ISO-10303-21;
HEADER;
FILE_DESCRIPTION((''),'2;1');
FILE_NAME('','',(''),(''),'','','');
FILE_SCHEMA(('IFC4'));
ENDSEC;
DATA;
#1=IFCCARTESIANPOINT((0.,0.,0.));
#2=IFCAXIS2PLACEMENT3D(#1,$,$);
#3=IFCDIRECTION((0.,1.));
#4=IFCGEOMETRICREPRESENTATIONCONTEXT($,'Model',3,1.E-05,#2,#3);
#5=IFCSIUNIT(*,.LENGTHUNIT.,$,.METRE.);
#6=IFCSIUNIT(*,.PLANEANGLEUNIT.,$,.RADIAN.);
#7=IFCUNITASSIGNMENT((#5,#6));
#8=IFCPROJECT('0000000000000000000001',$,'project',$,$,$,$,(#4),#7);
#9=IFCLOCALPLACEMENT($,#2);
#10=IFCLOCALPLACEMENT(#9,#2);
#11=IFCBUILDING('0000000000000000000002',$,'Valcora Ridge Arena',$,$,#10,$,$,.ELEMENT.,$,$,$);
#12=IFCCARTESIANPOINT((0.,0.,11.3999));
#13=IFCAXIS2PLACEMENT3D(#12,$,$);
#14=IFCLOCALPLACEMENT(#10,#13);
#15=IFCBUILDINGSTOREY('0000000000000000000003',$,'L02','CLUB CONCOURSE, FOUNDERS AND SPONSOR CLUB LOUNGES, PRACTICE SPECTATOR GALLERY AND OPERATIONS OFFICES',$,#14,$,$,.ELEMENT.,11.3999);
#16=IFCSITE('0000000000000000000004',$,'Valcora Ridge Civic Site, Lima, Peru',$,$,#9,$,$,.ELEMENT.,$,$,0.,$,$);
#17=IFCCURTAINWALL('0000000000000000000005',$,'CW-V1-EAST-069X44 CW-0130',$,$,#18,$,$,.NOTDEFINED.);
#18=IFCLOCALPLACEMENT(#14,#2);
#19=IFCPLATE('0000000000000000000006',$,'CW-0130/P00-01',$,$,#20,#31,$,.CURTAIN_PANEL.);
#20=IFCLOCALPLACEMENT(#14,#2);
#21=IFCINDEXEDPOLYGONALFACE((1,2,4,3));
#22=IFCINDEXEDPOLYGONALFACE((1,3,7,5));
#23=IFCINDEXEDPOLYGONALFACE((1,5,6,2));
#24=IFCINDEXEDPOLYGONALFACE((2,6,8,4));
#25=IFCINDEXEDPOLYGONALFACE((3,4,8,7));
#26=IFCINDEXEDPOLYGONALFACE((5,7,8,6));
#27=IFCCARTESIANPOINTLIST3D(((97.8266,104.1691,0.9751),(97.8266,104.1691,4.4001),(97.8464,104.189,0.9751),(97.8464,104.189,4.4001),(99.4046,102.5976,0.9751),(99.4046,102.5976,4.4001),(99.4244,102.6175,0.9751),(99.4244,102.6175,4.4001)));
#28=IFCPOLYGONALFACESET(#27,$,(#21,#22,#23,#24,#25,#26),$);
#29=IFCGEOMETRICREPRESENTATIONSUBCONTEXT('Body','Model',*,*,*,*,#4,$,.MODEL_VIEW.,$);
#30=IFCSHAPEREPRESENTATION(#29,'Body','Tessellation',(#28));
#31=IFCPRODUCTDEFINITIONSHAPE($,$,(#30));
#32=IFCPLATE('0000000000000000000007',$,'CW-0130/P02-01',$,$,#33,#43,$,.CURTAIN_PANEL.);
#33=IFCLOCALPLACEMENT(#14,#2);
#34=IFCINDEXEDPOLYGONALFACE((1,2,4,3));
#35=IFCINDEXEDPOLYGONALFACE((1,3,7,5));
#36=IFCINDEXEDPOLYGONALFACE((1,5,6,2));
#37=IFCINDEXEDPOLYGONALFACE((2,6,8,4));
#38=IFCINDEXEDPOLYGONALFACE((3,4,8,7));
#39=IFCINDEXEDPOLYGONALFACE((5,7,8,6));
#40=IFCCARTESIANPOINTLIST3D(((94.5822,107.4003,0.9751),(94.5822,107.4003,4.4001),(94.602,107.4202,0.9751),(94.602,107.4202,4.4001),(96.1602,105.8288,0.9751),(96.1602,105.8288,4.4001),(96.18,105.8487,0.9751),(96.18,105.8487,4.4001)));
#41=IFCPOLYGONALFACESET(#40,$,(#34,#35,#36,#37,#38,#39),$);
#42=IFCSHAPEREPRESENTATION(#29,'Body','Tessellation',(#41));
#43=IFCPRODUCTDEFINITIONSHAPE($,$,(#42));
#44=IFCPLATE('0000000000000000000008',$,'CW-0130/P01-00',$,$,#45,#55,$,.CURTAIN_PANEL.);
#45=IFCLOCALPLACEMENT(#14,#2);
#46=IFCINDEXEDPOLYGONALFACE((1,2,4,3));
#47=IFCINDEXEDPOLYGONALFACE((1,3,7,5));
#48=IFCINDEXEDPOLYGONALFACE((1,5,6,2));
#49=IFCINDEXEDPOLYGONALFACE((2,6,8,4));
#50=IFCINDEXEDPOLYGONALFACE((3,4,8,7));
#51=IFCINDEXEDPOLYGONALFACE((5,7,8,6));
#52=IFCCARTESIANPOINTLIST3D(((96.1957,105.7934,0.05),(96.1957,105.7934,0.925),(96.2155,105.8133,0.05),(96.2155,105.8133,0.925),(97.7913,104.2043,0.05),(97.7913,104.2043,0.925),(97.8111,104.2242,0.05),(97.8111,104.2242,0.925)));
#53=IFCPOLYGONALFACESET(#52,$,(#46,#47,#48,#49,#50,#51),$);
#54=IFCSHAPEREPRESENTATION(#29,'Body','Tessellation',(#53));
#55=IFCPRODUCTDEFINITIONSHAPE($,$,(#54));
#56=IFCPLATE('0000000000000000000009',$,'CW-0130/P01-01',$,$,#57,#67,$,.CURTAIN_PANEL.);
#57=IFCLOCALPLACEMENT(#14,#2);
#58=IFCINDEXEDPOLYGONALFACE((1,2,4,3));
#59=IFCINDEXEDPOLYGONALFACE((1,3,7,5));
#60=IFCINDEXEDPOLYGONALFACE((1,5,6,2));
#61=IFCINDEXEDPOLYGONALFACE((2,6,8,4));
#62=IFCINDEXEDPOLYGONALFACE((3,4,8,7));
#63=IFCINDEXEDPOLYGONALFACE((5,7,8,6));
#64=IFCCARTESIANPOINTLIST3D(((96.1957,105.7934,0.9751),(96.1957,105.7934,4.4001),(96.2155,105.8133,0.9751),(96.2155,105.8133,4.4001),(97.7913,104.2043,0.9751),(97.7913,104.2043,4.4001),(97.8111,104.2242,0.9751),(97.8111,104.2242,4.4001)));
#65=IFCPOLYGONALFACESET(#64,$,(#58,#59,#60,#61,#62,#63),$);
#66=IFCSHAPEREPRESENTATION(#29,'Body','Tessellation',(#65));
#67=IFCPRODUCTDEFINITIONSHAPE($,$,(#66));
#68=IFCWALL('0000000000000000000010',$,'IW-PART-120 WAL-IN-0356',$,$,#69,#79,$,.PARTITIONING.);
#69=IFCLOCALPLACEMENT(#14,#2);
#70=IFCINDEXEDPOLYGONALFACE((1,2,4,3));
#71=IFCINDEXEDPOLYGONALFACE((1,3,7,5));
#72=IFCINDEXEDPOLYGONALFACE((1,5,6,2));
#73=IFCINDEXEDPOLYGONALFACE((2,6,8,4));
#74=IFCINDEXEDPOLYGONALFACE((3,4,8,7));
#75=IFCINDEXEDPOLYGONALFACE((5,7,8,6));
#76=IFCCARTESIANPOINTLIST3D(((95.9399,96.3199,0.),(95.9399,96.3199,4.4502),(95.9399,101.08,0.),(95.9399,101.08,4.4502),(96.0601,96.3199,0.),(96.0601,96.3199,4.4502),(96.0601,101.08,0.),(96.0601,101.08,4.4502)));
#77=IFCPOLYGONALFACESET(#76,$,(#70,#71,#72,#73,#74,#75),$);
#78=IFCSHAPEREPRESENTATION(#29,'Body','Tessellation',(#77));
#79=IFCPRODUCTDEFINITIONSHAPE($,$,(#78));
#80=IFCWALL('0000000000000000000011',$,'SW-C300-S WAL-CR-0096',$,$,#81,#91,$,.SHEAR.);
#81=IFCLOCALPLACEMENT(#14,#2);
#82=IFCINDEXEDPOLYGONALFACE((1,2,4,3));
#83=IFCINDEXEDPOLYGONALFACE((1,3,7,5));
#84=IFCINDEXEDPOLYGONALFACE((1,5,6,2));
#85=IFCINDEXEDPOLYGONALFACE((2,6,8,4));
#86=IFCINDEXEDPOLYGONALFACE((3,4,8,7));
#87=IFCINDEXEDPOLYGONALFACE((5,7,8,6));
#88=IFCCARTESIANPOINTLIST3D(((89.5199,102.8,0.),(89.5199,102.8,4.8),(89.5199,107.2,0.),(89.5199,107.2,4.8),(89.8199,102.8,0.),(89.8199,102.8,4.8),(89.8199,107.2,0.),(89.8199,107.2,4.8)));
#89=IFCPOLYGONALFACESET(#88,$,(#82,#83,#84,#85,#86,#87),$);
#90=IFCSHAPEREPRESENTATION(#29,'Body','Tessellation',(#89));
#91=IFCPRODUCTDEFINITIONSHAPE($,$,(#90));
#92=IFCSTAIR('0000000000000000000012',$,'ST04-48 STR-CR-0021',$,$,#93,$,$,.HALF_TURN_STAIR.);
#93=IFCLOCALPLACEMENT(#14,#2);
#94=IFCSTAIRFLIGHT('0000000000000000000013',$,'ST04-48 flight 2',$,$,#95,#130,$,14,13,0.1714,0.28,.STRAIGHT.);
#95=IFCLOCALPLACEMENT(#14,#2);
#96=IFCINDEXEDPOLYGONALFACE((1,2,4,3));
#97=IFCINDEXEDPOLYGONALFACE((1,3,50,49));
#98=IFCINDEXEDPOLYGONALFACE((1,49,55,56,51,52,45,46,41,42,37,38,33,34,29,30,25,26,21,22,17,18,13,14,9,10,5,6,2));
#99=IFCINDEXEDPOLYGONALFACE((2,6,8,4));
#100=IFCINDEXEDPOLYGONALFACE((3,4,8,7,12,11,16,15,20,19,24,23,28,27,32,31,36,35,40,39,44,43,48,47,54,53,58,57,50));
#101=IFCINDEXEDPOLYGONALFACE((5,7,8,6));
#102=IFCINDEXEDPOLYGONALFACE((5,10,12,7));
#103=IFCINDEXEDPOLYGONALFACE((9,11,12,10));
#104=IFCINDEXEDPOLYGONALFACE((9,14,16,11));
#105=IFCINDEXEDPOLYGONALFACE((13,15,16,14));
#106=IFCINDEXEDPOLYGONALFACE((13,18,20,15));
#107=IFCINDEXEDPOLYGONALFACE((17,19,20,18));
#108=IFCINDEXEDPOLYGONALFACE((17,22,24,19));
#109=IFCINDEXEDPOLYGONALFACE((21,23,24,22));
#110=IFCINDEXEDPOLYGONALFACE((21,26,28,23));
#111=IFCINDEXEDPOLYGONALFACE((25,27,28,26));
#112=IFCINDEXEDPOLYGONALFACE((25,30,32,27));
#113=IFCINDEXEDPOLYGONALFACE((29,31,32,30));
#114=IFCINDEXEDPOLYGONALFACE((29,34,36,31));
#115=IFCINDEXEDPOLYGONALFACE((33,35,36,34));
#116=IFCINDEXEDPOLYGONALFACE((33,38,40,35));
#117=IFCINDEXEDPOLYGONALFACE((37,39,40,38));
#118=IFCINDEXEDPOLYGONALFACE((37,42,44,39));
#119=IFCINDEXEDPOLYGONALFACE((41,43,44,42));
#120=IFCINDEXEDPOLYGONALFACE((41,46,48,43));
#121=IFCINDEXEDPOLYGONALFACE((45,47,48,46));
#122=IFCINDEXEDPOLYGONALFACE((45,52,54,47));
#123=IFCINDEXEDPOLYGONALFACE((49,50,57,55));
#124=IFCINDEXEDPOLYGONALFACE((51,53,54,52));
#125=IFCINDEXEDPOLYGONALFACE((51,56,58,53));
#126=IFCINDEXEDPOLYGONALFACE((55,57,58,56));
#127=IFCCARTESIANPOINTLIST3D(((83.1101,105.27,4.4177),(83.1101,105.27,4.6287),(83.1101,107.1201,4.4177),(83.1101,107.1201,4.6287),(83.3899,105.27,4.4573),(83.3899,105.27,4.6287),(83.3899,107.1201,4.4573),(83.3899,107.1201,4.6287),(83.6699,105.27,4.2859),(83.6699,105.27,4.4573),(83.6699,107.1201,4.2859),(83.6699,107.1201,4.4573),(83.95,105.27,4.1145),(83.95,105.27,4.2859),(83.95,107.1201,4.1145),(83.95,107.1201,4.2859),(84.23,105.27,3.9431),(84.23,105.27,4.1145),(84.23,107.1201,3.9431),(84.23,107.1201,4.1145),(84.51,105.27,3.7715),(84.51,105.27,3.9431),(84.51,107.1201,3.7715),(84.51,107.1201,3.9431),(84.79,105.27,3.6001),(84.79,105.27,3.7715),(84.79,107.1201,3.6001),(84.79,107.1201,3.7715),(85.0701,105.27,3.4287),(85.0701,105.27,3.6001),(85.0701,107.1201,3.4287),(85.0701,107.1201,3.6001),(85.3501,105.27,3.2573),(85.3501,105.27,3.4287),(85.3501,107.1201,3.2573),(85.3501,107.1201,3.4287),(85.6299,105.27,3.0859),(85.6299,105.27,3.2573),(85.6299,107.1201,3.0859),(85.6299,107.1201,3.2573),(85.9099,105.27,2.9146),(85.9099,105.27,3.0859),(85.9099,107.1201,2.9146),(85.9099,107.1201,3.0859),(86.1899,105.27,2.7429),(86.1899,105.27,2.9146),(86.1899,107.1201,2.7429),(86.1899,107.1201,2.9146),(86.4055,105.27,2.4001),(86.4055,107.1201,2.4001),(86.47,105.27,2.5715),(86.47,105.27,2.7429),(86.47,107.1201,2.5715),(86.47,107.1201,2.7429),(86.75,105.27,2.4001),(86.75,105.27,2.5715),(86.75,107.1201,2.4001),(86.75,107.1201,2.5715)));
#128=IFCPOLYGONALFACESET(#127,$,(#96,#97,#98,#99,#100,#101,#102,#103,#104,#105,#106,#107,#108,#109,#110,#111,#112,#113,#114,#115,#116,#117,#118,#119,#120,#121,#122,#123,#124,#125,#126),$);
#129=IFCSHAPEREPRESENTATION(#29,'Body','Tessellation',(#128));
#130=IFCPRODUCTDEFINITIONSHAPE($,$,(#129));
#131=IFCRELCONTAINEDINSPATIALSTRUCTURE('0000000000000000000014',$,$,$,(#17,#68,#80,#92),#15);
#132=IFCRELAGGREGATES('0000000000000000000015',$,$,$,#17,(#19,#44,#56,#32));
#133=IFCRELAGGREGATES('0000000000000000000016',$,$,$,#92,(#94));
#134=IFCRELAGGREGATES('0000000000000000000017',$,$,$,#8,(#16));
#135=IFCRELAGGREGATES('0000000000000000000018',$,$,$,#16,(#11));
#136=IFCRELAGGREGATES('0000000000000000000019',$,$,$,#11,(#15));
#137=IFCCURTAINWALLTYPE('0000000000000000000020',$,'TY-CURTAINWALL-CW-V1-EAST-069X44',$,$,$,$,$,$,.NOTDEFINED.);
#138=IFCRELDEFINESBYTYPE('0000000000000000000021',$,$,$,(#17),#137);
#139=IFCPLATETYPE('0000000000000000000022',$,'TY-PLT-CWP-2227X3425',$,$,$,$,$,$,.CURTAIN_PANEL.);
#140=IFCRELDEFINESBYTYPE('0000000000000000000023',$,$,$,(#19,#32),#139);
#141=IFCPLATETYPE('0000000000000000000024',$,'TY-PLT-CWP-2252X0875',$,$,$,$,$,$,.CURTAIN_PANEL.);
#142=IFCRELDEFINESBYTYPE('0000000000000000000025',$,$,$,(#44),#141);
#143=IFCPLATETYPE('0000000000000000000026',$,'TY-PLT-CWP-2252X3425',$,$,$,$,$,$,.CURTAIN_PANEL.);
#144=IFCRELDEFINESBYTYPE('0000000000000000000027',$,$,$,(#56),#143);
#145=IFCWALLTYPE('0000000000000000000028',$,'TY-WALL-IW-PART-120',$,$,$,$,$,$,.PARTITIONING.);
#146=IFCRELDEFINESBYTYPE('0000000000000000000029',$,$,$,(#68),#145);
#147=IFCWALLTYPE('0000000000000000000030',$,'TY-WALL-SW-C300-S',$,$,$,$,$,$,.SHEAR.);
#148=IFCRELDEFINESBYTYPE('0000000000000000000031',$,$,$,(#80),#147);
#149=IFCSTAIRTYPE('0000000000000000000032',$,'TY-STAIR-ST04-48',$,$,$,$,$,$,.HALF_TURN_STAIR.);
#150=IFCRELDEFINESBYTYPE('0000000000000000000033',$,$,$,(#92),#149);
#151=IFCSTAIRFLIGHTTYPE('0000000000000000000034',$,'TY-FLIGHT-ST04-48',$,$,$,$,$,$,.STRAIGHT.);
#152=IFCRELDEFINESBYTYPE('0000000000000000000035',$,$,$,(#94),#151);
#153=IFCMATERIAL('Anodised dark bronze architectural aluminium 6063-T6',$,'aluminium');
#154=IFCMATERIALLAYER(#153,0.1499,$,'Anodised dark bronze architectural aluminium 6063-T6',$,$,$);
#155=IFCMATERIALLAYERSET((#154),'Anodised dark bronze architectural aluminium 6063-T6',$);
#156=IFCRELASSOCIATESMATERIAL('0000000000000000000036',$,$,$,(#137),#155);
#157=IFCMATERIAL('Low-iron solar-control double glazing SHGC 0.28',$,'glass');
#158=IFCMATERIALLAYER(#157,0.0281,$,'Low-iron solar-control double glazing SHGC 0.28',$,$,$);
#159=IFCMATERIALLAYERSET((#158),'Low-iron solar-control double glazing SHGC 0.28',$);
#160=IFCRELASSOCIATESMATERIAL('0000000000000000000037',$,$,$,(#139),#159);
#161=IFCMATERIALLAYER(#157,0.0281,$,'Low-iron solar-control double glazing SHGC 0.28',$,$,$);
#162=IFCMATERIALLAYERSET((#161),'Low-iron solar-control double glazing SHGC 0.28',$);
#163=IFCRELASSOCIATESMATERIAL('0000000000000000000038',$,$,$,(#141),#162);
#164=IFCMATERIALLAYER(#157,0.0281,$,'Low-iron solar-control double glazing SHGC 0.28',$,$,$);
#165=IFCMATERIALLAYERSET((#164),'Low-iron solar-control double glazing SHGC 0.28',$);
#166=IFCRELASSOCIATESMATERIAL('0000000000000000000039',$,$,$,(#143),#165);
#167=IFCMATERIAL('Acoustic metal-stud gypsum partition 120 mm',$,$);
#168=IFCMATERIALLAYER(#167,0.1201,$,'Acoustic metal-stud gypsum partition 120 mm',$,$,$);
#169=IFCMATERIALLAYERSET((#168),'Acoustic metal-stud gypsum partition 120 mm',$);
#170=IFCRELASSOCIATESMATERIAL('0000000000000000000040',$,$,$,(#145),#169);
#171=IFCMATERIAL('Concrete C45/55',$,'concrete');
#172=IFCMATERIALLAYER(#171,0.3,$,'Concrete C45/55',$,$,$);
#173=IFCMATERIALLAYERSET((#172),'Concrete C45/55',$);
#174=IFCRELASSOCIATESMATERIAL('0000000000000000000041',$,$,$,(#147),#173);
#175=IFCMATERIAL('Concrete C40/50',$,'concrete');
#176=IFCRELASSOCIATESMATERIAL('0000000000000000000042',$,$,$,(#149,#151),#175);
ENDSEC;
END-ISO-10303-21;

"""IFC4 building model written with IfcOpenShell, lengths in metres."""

from ifc_helpers import new_model, si_unit, direction, frame, frame_2d, origin, origin_2d, place, context, subcontext, project, spatial, polyline, rectangle, outline, extrude, material, layer, layer_set, type_object, element, aggregate, save


model = new_model("IFC4")

# Units and contexts
model_context = context("Model", 3, precision=1e-05, world=origin(), true_north=direction((0.0, 1.0)))
body_context = subcontext(model_context, "Body", "Model", "MODEL_VIEW")
ifc_project = project(units=[si_unit("LENGTHUNIT", "METRE"), si_unit("PLANEANGLEUNIT", "RADIAN")], contexts=[model_context])

# Site, building, storey
site_placement = place(None, origin())
site = spatial("IfcSite", under=ifc_project, at=site_placement, Name="Valcora Ridge Civic Site, Lima, Peru", CompositionType="ELEMENT", RefElevation=0.0)
building_placement = place(site_placement, origin())
building = spatial("IfcBuilding", under=site, at=building_placement, Name="Valcora Ridge Arena", CompositionType="ELEMENT")
storey_placement = place(building_placement, frame((0.0, 0.0, 11.3999)))
storey = spatial("IfcBuildingStorey", under=building, at=storey_placement, Name="L02", Description="CLUB CONCOURSE, FOUNDERS AND SPONSOR CLUB LOUNGES, PRACTICE SPECTATOR GALLERY AND OPERATIONS OFFICES", CompositionType="ELEMENT", Elevation=11.3999)

# Shared definitions
ifc_material_1 = material(Name="Concrete C40/50", Category="concrete")

# Shared definitions
ifc_material_2 = material(Name="Anodised dark bronze architectural aluminium 6063-T6", Category="aluminium")

# Curtain wall
ifc_layer_1 = layer(ifc_material_2, 0.1499, Name="Anodised dark bronze architectural aluminium 6063-T6")
ifc_layer_set_1 = layer_set([ifc_layer_1], Name="Anodised dark bronze architectural aluminium 6063-T6")
curtain_wall_type_1 = type_object("IfcCurtainWallType", Name="TY-CURTAINWALL-CW-V1-EAST-069X44", PredefinedType="NOTDEFINED", material=ifc_layer_set_1)
curtain_wall_1_placement = place(storey_placement, origin())
curtain_wall_1 = element("IfcCurtainWall", 1, at=curtain_wall_1_placement, inside=storey, type_object=curtain_wall_type_1, Name="CW-V1-EAST-069X44 CW-0130", PredefinedType="NOTDEFINED")

# Plates
ifc_material_3 = material(Name="Low-iron solar-control double glazing SHGC 0.28", Category="glass")
ifc_layer_2 = layer(ifc_material_3, 0.0281, Name="Low-iron solar-control double glazing SHGC 0.28")
ifc_layer_set_2 = layer_set([ifc_layer_2], Name="Low-iron solar-control double glazing SHGC 0.28")
plate_type_1 = type_object("IfcPlateType", Name="TY-PLT-CWP-2227X3425", PredefinedType="CURTAIN_PANEL", material=ifc_layer_set_2)
plate_1_placement = place(storey_placement, frame((98.6255, 103.3933, 0.9751), z_axis=(0.0, 0.0, 1.0), x_axis=(-0.708553, 0.705658, 0.0)))
plate_1 = element("IfcPlate", 2, at=plate_1_placement, type_object=plate_type_1, Name="CW-0130/P00-01", PredefinedType="CURTAIN_PANEL", context=body_context, shape_type="SweptSolid", body=[
    extrude(rectangle(XDim=2.2271, YDim=0.0281, at=origin_2d()), origin(), (0.0, 0.0, 1.0), 3.425),
])
plate_2_placement = place(storey_placement, frame((95.3811, 106.6245, 0.9751), z_axis=(0.0, 0.0, 1.0), x_axis=(-0.708553, 0.705658, 0.0)))
plate_2 = element("IfcPlate", 3, at=plate_2_placement, type_object=plate_type_1, Name="CW-0130/P02-01", PredefinedType="CURTAIN_PANEL", context=body_context, shape_type="SweptSolid", body=[
    extrude(rectangle(XDim=2.2271, YDim=0.0281, at=origin_2d()), origin(), (0.0, 0.0, 1.0), 3.425),
])
ifc_layer_3 = layer(ifc_material_3, 0.0281, Name="Low-iron solar-control double glazing SHGC 0.28")
ifc_layer_set_3 = layer_set([ifc_layer_3], Name="Low-iron solar-control double glazing SHGC 0.28")
plate_type_2 = type_object("IfcPlateType", Name="TY-PLT-CWP-2252X0875", PredefinedType="CURTAIN_PANEL", material=ifc_layer_set_3)
plate_3_placement = place(storey_placement, frame((97.0034, 105.0088, 0.05), z_axis=(0.0, 0.0, 1.0), x_axis=(-0.708553, 0.705658, 0.0)))
plate_3 = element("IfcPlate", 4, at=plate_3_placement, type_object=plate_type_2, Name="CW-0130/P01-00", PredefinedType="CURTAIN_PANEL", context=body_context, shape_type="SweptSolid", body=[
    extrude(rectangle(XDim=2.252, YDim=0.0281, at=origin_2d()), origin(), (0.0, 0.0, 1.0), 0.875),
])
ifc_layer_4 = layer(ifc_material_3, 0.0281, Name="Low-iron solar-control double glazing SHGC 0.28")
ifc_layer_set_4 = layer_set([ifc_layer_4], Name="Low-iron solar-control double glazing SHGC 0.28")
plate_type_3 = type_object("IfcPlateType", Name="TY-PLT-CWP-2252X3425", PredefinedType="CURTAIN_PANEL", material=ifc_layer_set_4)
plate_4_placement = place(storey_placement, frame((97.0034, 105.0088, 0.9751), z_axis=(0.0, 0.0, 1.0), x_axis=(-0.708553, 0.705658, 0.0)))
plate_4 = element("IfcPlate", 5, at=plate_4_placement, type_object=plate_type_3, Name="CW-0130/P01-01", PredefinedType="CURTAIN_PANEL", context=body_context, shape_type="SweptSolid", body=[
    extrude(rectangle(XDim=2.252, YDim=0.0281, at=origin_2d()), origin(), (0.0, 0.0, 1.0), 3.425),
])
aggregate(curtain_wall_1, [plate_1, plate_3, plate_4, plate_2])

# Walls
ifc_material_4 = material(Name="Acoustic metal-stud gypsum partition 120 mm")
ifc_layer_5 = layer(ifc_material_4, 0.1201, Name="Acoustic metal-stud gypsum partition 120 mm")
ifc_layer_set_5 = layer_set([ifc_layer_5], Name="Acoustic metal-stud gypsum partition 120 mm")
wall_type_1 = type_object("IfcWallType", Name="TY-WALL-IW-PART-120", PredefinedType="PARTITIONING", material=ifc_layer_set_5)
wall_1_placement = place(storey_placement, frame((96.0, 96.3201, 0.0), z_axis=(0.0, 0.0, 1.0), x_axis=(0.0, 1.0, 0.0)))
element("IfcWall", 6, at=wall_1_placement, inside=storey, type_object=wall_type_1, Name="IW-PART-120 WAL-IN-0356", PredefinedType="PARTITIONING", context=body_context, shape_type="SweptSolid", body=[
    extrude(rectangle(XDim=4.76, YDim=0.1201, at=frame_2d((2.3799, 0.0))), origin(), (0.0, 0.0, 1.0), 4.4502),
])
ifc_material_5 = material(Name="Concrete C45/55", Category="concrete")
ifc_layer_6 = layer(ifc_material_5, 0.3, Name="Concrete C45/55")
ifc_layer_set_6 = layer_set([ifc_layer_6], Name="Concrete C45/55")
wall_type_2 = type_object("IfcWallType", Name="TY-WALL-SW-C300-S", PredefinedType="SHEAR", material=ifc_layer_set_6)
wall_2_placement = place(storey_placement, frame((89.6699, 102.8, 0.0), z_axis=(0.0, 0.0, 1.0), x_axis=(0.0, 1.0, 0.0)))
element("IfcWall", 7, at=wall_2_placement, inside=storey, type_object=wall_type_2, Name="SW-C300-S WAL-CR-0096", PredefinedType="SHEAR", context=body_context, shape_type="SweptSolid", body=[
    extrude(rectangle(XDim=4.3999, YDim=0.3, at=frame_2d((2.2, 0.0))), origin(), (0.0, 0.0, 1.0), 4.8),
])

# Stair, stair flight
stair_type = type_object("IfcStairType", Name="TY-STAIR-ST04-48", PredefinedType="HALF_TURN_STAIR", material=ifc_material_1)
stair_placement = place(storey_placement, origin())
stair = element("IfcStair", 8, at=stair_placement, inside=storey, type_object=stair_type, Name="ST04-48 STR-CR-0021", PredefinedType="HALF_TURN_STAIR")
stair_flight_type = type_object("IfcStairFlightType", Name="TY-FLIGHT-ST04-48", PredefinedType="STRAIGHT", material=ifc_material_1)
stair_flight_placement = place(storey_placement, frame((86.75, 106.1951, 2.4001), z_axis=(0.0, 0.0, 1.0), x_axis=(-1.0, 0.0, 0.0)))
stair_flight = element("IfcStairFlight", 9, at=stair_flight_placement, type_object=stair_flight_type, Name="ST04-48 flight 2", NumberOfRisers=14, NumberOfTreads=13, PredefinedType="STRAIGHT", RiserHeight=0.1714, TreadLength=0.28, context=body_context, shape_type="SweptSolid", body=[
    extrude(outline(polyline([(0.0, 0.0), (0.0, 0.1714), (0.28, 0.1714), (0.28, 0.3428), (0.5601, 0.3428), (0.5601, 0.5144), (0.8401, 0.5144), (0.8401, 0.6858), (1.1201, 0.6858), (1.1201, 0.8572), (1.3999, 0.8572), (1.3999, 1.0286), (1.6799, 1.0286), (1.6799, 1.2), (1.96, 1.2), (1.96, 1.3713), (2.24, 1.3713), (2.24, 1.543), (2.52, 1.543), (2.52, 1.7144), (2.8, 1.7144), (2.8, 1.8857), (3.0801, 1.8857), (3.0801, 2.0571), (3.3601, 2.0571), (3.3601, 2.2285), (3.6399, 2.2285), (3.6399, 2.3999), (3.6399, 2.0176), (0.3445, 0.0), (0.0, 0.0)])), frame((0.0, 0.925, 0.0), z_axis=(0.0, -1.0, 0.0), x_axis=(1.0, 0.0, 0.0)), (0.0, 0.0, 1.0), 1.8501),
])
aggregate(stair, [stair_flight])

save(model, "model.ifc")
